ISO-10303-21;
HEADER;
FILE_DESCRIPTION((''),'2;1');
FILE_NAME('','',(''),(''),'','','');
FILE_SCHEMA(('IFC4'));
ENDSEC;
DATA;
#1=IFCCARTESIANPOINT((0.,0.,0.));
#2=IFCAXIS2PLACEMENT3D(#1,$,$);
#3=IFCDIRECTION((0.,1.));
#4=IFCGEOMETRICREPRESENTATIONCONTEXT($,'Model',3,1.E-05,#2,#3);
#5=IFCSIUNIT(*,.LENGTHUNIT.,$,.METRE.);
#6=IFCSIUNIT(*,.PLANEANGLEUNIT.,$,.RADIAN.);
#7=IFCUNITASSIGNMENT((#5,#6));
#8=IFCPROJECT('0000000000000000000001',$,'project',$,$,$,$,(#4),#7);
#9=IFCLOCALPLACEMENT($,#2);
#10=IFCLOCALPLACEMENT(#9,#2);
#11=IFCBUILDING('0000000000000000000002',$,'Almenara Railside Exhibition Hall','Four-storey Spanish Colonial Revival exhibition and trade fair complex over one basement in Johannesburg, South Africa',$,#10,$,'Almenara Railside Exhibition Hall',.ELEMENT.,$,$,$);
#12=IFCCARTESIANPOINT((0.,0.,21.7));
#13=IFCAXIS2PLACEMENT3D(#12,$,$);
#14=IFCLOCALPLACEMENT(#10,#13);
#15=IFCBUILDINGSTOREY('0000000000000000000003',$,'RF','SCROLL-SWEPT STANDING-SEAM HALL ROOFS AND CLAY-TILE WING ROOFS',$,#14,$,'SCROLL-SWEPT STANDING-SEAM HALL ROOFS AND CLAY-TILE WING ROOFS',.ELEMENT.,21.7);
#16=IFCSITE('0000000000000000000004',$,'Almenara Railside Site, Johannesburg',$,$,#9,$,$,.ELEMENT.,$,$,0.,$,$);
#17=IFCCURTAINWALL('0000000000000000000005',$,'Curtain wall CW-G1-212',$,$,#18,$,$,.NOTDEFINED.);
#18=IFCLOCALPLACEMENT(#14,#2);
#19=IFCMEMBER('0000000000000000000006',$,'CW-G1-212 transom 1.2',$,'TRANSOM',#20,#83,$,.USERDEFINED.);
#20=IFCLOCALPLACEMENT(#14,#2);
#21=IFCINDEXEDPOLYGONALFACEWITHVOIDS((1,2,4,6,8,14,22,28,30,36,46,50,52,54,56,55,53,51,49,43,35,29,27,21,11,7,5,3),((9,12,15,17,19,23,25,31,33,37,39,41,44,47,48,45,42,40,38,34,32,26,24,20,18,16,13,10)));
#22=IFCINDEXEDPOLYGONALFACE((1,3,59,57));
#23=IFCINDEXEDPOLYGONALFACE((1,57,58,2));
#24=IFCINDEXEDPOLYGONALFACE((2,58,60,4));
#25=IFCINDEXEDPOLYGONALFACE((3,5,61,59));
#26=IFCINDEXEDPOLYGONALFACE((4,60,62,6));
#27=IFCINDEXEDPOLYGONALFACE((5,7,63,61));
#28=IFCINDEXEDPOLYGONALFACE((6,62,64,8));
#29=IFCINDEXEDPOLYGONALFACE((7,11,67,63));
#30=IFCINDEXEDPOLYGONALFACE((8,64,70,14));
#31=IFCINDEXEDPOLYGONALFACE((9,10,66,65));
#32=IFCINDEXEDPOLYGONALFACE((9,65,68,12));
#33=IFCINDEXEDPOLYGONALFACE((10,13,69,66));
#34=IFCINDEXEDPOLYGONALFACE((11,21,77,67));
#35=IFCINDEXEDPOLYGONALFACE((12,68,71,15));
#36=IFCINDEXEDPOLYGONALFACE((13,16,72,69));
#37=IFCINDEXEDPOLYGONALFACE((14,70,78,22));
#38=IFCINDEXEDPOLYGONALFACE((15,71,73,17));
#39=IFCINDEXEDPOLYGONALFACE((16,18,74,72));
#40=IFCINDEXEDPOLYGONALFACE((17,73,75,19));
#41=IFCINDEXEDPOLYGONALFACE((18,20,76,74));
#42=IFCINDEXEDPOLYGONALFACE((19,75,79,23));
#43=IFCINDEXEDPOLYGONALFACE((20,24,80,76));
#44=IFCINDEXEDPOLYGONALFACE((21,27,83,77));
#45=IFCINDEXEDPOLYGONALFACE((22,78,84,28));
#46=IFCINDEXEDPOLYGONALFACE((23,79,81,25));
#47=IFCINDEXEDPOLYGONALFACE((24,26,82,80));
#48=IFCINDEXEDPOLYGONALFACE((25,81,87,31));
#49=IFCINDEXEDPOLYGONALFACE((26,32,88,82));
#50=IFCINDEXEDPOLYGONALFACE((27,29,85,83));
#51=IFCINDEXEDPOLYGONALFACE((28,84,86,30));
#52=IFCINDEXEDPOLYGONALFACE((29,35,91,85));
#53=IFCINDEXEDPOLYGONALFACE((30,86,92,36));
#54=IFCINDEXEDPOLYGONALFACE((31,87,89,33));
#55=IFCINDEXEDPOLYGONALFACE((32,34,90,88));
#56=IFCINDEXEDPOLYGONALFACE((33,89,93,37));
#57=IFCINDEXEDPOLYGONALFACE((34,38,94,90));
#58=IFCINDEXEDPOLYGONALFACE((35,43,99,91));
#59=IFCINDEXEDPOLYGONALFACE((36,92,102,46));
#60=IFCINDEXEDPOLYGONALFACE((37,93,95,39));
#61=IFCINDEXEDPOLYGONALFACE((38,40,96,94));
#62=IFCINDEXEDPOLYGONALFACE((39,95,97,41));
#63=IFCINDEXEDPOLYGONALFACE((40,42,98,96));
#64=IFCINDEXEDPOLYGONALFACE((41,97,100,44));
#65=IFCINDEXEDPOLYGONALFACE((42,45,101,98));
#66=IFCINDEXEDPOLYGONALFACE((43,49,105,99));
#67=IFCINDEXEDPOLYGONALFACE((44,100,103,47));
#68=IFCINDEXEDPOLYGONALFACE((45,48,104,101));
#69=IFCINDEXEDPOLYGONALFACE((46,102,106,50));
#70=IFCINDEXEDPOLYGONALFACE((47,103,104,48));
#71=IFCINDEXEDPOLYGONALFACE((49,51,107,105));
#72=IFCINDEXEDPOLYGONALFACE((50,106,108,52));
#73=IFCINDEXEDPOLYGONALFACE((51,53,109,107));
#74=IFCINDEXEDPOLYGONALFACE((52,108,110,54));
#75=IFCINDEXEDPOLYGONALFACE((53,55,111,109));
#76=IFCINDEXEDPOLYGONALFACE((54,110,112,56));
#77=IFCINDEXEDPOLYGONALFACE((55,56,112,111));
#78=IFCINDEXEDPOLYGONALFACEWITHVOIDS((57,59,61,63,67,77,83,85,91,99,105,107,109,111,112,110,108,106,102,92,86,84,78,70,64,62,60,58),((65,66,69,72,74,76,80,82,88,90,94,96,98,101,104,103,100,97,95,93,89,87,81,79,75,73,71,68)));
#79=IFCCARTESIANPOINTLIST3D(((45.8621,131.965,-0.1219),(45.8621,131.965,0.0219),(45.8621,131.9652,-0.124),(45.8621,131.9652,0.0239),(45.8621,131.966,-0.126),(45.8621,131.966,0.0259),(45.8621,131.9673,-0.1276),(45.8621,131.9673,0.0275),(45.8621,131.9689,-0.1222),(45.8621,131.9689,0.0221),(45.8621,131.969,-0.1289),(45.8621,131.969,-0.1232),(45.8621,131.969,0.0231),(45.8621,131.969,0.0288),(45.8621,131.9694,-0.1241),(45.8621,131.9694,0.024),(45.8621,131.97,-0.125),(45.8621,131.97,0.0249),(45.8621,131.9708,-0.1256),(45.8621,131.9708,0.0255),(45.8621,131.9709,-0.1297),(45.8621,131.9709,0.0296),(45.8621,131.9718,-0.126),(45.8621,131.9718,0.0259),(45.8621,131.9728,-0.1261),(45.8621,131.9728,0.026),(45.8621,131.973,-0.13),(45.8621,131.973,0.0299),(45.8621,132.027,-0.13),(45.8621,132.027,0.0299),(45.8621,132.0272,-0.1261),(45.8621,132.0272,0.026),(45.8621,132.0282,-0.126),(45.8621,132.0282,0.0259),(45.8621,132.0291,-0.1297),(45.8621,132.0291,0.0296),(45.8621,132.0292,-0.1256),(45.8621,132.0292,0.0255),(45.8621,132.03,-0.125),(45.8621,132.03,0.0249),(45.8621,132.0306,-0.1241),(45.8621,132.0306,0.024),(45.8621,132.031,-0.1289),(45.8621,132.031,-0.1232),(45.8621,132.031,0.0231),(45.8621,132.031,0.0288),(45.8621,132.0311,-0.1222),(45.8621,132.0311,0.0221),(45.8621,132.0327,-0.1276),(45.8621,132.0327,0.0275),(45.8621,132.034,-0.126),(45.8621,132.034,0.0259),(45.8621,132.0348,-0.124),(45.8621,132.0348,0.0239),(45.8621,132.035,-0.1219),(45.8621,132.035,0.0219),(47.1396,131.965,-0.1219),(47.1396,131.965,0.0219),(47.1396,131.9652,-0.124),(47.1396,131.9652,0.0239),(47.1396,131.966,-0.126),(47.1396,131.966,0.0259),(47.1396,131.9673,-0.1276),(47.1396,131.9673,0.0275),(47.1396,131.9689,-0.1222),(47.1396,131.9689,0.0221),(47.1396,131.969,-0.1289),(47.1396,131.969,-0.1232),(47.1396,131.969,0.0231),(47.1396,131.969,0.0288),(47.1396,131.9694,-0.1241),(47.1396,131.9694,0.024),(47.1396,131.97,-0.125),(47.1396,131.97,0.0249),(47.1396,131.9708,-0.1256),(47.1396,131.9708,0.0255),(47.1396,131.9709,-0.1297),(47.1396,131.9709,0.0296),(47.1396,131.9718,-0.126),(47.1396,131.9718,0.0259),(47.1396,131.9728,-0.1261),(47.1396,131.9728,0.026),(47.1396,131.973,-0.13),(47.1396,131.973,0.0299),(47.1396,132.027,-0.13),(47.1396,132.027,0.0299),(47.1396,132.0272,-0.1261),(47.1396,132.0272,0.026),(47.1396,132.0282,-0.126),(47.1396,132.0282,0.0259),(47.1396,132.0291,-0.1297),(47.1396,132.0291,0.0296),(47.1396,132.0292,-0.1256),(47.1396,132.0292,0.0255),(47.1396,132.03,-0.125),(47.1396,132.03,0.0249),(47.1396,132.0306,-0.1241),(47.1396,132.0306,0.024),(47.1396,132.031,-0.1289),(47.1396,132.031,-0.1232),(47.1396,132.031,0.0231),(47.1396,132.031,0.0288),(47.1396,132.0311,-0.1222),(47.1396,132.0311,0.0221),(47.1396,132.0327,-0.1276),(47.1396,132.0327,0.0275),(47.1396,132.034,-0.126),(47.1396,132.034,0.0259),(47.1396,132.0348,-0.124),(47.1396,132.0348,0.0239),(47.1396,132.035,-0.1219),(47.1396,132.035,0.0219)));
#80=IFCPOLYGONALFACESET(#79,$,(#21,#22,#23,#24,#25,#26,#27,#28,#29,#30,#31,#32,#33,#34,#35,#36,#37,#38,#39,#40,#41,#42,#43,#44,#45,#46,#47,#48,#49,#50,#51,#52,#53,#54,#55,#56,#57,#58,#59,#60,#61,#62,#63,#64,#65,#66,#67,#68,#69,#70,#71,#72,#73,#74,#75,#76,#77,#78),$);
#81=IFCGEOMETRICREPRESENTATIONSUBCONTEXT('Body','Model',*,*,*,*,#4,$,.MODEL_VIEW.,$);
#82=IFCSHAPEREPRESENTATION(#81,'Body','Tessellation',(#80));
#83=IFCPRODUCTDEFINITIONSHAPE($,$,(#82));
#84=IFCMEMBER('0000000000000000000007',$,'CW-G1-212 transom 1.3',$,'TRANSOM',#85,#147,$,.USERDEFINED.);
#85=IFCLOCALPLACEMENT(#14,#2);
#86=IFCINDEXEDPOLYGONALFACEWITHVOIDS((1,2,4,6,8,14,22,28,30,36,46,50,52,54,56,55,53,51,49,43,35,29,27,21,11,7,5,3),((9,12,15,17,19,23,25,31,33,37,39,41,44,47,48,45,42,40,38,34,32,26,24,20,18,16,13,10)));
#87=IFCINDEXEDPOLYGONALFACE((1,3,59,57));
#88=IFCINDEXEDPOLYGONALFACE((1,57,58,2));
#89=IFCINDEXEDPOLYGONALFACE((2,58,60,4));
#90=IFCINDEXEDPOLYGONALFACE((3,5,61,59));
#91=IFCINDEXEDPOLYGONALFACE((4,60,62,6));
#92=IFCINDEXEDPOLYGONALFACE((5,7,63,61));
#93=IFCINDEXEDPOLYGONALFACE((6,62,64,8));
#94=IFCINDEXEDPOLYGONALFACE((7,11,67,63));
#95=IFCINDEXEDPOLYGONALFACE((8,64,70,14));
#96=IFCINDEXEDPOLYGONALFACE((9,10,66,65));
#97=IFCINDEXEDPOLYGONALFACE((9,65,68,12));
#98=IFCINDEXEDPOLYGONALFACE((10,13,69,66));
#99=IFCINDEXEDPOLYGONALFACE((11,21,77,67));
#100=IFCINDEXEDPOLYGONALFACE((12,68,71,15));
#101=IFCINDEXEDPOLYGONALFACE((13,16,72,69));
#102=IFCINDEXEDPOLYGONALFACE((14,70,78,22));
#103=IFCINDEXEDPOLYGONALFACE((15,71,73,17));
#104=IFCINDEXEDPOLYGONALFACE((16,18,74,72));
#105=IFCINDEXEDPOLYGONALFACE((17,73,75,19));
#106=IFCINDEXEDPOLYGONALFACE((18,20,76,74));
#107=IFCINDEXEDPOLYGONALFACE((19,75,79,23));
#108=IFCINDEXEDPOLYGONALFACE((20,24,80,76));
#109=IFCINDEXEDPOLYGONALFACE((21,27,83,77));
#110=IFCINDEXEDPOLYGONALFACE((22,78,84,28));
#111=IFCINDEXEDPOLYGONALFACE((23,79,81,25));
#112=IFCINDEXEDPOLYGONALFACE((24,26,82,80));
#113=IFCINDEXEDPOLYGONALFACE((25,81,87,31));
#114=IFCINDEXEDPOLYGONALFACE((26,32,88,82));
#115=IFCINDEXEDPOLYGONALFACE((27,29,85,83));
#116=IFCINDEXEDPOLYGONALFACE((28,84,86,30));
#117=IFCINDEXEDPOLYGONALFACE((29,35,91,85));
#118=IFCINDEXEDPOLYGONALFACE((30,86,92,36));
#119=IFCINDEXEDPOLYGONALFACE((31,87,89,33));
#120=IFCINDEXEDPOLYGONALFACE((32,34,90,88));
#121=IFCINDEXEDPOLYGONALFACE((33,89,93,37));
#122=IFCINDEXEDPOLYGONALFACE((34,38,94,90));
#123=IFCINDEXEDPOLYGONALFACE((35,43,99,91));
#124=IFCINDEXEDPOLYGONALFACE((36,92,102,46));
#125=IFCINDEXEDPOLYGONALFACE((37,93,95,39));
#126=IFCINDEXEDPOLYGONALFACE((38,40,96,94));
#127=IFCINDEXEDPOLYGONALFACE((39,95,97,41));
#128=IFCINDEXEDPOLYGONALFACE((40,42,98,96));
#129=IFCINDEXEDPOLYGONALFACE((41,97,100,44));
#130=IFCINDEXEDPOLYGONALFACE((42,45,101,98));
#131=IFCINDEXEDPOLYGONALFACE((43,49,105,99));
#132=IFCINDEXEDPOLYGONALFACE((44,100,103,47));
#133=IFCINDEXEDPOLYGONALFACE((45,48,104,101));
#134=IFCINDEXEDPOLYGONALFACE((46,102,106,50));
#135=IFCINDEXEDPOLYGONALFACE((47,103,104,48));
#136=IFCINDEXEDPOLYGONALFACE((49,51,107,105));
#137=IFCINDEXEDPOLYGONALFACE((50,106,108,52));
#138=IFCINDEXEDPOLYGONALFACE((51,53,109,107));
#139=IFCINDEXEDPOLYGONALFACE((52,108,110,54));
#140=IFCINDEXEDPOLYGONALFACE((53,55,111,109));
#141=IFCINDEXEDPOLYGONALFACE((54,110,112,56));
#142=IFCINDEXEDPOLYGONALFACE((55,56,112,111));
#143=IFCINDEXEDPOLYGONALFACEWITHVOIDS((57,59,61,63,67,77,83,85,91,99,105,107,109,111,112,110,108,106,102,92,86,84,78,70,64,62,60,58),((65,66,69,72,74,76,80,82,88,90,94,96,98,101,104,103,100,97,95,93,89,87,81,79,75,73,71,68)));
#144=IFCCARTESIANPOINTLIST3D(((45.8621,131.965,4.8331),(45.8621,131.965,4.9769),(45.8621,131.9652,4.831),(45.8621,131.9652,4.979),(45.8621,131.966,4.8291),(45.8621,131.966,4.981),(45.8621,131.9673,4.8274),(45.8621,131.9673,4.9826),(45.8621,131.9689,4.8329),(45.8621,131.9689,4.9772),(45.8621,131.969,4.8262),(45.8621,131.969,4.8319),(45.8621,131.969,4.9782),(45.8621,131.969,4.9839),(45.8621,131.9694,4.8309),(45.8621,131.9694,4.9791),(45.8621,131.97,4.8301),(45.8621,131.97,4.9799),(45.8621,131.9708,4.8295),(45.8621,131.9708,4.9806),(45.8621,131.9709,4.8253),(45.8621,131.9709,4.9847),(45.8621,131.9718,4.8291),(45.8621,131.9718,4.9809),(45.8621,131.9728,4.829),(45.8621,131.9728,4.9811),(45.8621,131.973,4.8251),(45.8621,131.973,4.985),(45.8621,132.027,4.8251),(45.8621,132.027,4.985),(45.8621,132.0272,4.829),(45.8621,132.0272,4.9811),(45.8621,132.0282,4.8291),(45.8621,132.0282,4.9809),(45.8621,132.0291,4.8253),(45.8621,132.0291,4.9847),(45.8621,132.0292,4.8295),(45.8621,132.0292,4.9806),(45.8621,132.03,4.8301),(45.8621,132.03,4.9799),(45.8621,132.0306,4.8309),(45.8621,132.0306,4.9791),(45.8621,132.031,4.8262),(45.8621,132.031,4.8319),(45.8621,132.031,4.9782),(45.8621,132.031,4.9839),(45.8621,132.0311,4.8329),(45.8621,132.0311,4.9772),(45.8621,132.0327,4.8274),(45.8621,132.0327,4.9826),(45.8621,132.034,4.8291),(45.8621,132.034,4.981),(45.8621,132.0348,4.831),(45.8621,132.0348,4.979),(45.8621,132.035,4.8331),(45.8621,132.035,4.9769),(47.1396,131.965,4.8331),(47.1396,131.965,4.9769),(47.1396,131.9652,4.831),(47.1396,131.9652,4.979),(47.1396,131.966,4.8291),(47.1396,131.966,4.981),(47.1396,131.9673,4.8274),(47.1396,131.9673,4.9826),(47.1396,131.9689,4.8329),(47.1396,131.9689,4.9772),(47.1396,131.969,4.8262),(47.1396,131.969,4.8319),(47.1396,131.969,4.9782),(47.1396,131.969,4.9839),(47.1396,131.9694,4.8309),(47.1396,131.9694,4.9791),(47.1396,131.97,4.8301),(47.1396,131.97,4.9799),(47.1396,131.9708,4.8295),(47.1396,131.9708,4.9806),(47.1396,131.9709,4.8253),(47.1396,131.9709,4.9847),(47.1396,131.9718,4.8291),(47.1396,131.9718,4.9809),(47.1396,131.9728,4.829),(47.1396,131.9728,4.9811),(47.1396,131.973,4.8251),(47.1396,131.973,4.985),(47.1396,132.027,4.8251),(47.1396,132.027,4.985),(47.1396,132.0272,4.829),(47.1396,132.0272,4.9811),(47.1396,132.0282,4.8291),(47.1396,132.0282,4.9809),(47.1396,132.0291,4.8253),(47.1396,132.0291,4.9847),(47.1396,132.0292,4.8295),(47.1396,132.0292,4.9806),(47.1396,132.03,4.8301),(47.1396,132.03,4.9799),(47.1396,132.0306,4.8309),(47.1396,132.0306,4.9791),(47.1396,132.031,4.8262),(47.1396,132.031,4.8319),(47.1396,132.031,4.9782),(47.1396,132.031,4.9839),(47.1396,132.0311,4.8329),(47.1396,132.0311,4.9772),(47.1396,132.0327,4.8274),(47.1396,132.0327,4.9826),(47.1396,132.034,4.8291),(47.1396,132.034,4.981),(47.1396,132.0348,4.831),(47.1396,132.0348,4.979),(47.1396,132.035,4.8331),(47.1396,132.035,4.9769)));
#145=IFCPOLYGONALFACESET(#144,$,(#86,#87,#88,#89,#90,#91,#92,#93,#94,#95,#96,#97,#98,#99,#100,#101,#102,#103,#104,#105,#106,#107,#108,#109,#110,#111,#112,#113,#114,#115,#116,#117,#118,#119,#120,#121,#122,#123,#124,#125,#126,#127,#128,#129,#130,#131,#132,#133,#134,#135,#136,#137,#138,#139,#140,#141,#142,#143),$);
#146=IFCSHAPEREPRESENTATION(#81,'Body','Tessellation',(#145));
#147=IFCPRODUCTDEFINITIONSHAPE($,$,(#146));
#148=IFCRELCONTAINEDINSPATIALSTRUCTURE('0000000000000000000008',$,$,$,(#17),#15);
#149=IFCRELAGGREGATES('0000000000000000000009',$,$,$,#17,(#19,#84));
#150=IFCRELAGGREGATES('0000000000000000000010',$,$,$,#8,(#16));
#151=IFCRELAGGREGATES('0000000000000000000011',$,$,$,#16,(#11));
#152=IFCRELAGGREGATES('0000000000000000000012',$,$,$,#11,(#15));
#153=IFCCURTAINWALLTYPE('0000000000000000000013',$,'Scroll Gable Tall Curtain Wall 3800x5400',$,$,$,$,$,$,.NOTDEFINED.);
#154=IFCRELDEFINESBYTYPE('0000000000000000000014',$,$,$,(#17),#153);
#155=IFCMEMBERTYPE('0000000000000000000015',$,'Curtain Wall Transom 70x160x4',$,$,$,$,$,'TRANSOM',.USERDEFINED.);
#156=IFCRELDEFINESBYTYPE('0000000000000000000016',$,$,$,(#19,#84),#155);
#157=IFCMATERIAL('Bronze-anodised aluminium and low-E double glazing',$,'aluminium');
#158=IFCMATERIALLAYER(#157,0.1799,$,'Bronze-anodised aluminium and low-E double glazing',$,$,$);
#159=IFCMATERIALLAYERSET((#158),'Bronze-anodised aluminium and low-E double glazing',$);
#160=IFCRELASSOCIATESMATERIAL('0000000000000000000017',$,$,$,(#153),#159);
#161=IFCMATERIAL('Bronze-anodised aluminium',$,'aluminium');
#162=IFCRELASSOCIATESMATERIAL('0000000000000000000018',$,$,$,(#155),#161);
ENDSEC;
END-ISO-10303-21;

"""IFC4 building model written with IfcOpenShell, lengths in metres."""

from ifc_helpers import new_model, si_unit, direction, frame, origin, origin_2d, place, context, subcontext, project, spatial, hollow_rectangle, extrude, material, layer, layer_set, material_profile, profile_set, type_object, element, aggregate, save


model = new_model("IFC4")

# Units and contexts
model_context = context("Model", 3, precision=1e-05, world=origin(), true_north=direction((0.0, 1.0)))
body_context = subcontext(model_context, "Body", "Model", "MODEL_VIEW")
ifc_project = project(units=[si_unit("LENGTHUNIT", "METRE"), si_unit("PLANEANGLEUNIT", "RADIAN")], contexts=[model_context])

# Site, building, storey
site_placement = place(None, origin())
site = spatial("IfcSite", under=ifc_project, at=site_placement, Name="Almenara Railside Site, Johannesburg", CompositionType="ELEMENT", RefElevation=0.0)
building_placement = place(site_placement, origin())
building = spatial("IfcBuilding", under=site, at=building_placement, Name="Almenara Railside Exhibition Hall", Description="Four-storey Spanish Colonial Revival exhibition and trade fair complex over one basement in Johannesburg, South Africa", LongName="Almenara Railside Exhibition Hall", CompositionType="ELEMENT")
storey_placement = place(building_placement, frame((0.0, 0.0, 21.7)))
storey = spatial("IfcBuildingStorey", under=building, at=storey_placement, Name="RF", Description="SCROLL-SWEPT STANDING-SEAM HALL ROOFS AND CLAY-TILE WING ROOFS", LongName="SCROLL-SWEPT STANDING-SEAM HALL ROOFS AND CLAY-TILE WING ROOFS", CompositionType="ELEMENT", Elevation=21.7)

# Shared definitions
ifc_material_1 = material(Name="Bronze-anodised aluminium and low-E double glazing", Category="aluminium")
ifc_layer_1 = layer(ifc_material_1, 0.1799, Name="Bronze-anodised aluminium and low-E double glazing")
ifc_layer_set_1 = layer_set([ifc_layer_1], Name="Bronze-anodised aluminium and low-E double glazing")
curtain_wall_type = type_object("IfcCurtainWallType", Name="Scroll Gable Tall Curtain Wall 3800x5400", PredefinedType="NOTDEFINED", material=ifc_layer_set_1)
ifc_material_2 = material(Name="Bronze-anodised aluminium", Category="aluminium")

# Curtain wall
curtain_wall_1_placement = place(storey_placement, origin())
curtain_wall_1 = element("IfcCurtainWall", 1, at=curtain_wall_1_placement, inside=storey, type_object=curtain_wall_type, Name="Curtain wall CW-G1-212", PredefinedType="NOTDEFINED")

# Members
ifc_material_profile_1 = material_profile(ifc_material_2, hollow_rectangle(XDim=0.0701, YDim=0.1599, WallThickness=0.0039, InnerFilletRadius=0.0039, OuterFilletRadius=0.0081, at=origin_2d()), Name="ALU-TRN 70x160x4")
ifc_profile_set_1 = profile_set([ifc_material_profile_1], Name="Bronze-anodised aluminium")
member_type_1 = type_object("IfcMemberType", Name="Curtain Wall Transom 70x160x4", ElementType="TRANSOM", PredefinedType="USERDEFINED", material=ifc_profile_set_1)
member_1_placement = place(storey_placement, frame((45.8621, 132.0, -0.05), z_axis=(1.0, 0.0, 0.0), x_axis=(0.0, 1.0, 0.0)))
member_1 = element("IfcMember", 2, at=member_1_placement, type_object=member_type_1, Name="CW-G1-212 transom 1.2", ObjectType="TRANSOM", PredefinedType="USERDEFINED", context=body_context, shape_type="SweptSolid", body=[
    extrude(hollow_rectangle(XDim=0.0701, YDim=0.1599, WallThickness=0.0039, InnerFilletRadius=0.0039, OuterFilletRadius=0.0081, at=origin_2d()), origin(), (0.0, 0.0, 1.0), 1.2776),
])
member_2_placement = place(storey_placement, frame((45.8621, 132.0, 4.905), z_axis=(1.0, 0.0, 0.0), x_axis=(0.0, 1.0, 0.0)))
member_2 = element("IfcMember", 3, at=member_2_placement, type_object=member_type_1, Name="CW-G1-212 transom 1.3", ObjectType="TRANSOM", PredefinedType="USERDEFINED", context=body_context, shape_type="SweptSolid", body=[
    extrude(hollow_rectangle(XDim=0.0701, YDim=0.1599, WallThickness=0.0039, InnerFilletRadius=0.0039, OuterFilletRadius=0.0081, at=origin_2d()), origin(), (0.0, 0.0, 1.0), 1.2776),
])

aggregate(curtain_wall_1, [member_1, member_2])

save(model, "model.ifc")
